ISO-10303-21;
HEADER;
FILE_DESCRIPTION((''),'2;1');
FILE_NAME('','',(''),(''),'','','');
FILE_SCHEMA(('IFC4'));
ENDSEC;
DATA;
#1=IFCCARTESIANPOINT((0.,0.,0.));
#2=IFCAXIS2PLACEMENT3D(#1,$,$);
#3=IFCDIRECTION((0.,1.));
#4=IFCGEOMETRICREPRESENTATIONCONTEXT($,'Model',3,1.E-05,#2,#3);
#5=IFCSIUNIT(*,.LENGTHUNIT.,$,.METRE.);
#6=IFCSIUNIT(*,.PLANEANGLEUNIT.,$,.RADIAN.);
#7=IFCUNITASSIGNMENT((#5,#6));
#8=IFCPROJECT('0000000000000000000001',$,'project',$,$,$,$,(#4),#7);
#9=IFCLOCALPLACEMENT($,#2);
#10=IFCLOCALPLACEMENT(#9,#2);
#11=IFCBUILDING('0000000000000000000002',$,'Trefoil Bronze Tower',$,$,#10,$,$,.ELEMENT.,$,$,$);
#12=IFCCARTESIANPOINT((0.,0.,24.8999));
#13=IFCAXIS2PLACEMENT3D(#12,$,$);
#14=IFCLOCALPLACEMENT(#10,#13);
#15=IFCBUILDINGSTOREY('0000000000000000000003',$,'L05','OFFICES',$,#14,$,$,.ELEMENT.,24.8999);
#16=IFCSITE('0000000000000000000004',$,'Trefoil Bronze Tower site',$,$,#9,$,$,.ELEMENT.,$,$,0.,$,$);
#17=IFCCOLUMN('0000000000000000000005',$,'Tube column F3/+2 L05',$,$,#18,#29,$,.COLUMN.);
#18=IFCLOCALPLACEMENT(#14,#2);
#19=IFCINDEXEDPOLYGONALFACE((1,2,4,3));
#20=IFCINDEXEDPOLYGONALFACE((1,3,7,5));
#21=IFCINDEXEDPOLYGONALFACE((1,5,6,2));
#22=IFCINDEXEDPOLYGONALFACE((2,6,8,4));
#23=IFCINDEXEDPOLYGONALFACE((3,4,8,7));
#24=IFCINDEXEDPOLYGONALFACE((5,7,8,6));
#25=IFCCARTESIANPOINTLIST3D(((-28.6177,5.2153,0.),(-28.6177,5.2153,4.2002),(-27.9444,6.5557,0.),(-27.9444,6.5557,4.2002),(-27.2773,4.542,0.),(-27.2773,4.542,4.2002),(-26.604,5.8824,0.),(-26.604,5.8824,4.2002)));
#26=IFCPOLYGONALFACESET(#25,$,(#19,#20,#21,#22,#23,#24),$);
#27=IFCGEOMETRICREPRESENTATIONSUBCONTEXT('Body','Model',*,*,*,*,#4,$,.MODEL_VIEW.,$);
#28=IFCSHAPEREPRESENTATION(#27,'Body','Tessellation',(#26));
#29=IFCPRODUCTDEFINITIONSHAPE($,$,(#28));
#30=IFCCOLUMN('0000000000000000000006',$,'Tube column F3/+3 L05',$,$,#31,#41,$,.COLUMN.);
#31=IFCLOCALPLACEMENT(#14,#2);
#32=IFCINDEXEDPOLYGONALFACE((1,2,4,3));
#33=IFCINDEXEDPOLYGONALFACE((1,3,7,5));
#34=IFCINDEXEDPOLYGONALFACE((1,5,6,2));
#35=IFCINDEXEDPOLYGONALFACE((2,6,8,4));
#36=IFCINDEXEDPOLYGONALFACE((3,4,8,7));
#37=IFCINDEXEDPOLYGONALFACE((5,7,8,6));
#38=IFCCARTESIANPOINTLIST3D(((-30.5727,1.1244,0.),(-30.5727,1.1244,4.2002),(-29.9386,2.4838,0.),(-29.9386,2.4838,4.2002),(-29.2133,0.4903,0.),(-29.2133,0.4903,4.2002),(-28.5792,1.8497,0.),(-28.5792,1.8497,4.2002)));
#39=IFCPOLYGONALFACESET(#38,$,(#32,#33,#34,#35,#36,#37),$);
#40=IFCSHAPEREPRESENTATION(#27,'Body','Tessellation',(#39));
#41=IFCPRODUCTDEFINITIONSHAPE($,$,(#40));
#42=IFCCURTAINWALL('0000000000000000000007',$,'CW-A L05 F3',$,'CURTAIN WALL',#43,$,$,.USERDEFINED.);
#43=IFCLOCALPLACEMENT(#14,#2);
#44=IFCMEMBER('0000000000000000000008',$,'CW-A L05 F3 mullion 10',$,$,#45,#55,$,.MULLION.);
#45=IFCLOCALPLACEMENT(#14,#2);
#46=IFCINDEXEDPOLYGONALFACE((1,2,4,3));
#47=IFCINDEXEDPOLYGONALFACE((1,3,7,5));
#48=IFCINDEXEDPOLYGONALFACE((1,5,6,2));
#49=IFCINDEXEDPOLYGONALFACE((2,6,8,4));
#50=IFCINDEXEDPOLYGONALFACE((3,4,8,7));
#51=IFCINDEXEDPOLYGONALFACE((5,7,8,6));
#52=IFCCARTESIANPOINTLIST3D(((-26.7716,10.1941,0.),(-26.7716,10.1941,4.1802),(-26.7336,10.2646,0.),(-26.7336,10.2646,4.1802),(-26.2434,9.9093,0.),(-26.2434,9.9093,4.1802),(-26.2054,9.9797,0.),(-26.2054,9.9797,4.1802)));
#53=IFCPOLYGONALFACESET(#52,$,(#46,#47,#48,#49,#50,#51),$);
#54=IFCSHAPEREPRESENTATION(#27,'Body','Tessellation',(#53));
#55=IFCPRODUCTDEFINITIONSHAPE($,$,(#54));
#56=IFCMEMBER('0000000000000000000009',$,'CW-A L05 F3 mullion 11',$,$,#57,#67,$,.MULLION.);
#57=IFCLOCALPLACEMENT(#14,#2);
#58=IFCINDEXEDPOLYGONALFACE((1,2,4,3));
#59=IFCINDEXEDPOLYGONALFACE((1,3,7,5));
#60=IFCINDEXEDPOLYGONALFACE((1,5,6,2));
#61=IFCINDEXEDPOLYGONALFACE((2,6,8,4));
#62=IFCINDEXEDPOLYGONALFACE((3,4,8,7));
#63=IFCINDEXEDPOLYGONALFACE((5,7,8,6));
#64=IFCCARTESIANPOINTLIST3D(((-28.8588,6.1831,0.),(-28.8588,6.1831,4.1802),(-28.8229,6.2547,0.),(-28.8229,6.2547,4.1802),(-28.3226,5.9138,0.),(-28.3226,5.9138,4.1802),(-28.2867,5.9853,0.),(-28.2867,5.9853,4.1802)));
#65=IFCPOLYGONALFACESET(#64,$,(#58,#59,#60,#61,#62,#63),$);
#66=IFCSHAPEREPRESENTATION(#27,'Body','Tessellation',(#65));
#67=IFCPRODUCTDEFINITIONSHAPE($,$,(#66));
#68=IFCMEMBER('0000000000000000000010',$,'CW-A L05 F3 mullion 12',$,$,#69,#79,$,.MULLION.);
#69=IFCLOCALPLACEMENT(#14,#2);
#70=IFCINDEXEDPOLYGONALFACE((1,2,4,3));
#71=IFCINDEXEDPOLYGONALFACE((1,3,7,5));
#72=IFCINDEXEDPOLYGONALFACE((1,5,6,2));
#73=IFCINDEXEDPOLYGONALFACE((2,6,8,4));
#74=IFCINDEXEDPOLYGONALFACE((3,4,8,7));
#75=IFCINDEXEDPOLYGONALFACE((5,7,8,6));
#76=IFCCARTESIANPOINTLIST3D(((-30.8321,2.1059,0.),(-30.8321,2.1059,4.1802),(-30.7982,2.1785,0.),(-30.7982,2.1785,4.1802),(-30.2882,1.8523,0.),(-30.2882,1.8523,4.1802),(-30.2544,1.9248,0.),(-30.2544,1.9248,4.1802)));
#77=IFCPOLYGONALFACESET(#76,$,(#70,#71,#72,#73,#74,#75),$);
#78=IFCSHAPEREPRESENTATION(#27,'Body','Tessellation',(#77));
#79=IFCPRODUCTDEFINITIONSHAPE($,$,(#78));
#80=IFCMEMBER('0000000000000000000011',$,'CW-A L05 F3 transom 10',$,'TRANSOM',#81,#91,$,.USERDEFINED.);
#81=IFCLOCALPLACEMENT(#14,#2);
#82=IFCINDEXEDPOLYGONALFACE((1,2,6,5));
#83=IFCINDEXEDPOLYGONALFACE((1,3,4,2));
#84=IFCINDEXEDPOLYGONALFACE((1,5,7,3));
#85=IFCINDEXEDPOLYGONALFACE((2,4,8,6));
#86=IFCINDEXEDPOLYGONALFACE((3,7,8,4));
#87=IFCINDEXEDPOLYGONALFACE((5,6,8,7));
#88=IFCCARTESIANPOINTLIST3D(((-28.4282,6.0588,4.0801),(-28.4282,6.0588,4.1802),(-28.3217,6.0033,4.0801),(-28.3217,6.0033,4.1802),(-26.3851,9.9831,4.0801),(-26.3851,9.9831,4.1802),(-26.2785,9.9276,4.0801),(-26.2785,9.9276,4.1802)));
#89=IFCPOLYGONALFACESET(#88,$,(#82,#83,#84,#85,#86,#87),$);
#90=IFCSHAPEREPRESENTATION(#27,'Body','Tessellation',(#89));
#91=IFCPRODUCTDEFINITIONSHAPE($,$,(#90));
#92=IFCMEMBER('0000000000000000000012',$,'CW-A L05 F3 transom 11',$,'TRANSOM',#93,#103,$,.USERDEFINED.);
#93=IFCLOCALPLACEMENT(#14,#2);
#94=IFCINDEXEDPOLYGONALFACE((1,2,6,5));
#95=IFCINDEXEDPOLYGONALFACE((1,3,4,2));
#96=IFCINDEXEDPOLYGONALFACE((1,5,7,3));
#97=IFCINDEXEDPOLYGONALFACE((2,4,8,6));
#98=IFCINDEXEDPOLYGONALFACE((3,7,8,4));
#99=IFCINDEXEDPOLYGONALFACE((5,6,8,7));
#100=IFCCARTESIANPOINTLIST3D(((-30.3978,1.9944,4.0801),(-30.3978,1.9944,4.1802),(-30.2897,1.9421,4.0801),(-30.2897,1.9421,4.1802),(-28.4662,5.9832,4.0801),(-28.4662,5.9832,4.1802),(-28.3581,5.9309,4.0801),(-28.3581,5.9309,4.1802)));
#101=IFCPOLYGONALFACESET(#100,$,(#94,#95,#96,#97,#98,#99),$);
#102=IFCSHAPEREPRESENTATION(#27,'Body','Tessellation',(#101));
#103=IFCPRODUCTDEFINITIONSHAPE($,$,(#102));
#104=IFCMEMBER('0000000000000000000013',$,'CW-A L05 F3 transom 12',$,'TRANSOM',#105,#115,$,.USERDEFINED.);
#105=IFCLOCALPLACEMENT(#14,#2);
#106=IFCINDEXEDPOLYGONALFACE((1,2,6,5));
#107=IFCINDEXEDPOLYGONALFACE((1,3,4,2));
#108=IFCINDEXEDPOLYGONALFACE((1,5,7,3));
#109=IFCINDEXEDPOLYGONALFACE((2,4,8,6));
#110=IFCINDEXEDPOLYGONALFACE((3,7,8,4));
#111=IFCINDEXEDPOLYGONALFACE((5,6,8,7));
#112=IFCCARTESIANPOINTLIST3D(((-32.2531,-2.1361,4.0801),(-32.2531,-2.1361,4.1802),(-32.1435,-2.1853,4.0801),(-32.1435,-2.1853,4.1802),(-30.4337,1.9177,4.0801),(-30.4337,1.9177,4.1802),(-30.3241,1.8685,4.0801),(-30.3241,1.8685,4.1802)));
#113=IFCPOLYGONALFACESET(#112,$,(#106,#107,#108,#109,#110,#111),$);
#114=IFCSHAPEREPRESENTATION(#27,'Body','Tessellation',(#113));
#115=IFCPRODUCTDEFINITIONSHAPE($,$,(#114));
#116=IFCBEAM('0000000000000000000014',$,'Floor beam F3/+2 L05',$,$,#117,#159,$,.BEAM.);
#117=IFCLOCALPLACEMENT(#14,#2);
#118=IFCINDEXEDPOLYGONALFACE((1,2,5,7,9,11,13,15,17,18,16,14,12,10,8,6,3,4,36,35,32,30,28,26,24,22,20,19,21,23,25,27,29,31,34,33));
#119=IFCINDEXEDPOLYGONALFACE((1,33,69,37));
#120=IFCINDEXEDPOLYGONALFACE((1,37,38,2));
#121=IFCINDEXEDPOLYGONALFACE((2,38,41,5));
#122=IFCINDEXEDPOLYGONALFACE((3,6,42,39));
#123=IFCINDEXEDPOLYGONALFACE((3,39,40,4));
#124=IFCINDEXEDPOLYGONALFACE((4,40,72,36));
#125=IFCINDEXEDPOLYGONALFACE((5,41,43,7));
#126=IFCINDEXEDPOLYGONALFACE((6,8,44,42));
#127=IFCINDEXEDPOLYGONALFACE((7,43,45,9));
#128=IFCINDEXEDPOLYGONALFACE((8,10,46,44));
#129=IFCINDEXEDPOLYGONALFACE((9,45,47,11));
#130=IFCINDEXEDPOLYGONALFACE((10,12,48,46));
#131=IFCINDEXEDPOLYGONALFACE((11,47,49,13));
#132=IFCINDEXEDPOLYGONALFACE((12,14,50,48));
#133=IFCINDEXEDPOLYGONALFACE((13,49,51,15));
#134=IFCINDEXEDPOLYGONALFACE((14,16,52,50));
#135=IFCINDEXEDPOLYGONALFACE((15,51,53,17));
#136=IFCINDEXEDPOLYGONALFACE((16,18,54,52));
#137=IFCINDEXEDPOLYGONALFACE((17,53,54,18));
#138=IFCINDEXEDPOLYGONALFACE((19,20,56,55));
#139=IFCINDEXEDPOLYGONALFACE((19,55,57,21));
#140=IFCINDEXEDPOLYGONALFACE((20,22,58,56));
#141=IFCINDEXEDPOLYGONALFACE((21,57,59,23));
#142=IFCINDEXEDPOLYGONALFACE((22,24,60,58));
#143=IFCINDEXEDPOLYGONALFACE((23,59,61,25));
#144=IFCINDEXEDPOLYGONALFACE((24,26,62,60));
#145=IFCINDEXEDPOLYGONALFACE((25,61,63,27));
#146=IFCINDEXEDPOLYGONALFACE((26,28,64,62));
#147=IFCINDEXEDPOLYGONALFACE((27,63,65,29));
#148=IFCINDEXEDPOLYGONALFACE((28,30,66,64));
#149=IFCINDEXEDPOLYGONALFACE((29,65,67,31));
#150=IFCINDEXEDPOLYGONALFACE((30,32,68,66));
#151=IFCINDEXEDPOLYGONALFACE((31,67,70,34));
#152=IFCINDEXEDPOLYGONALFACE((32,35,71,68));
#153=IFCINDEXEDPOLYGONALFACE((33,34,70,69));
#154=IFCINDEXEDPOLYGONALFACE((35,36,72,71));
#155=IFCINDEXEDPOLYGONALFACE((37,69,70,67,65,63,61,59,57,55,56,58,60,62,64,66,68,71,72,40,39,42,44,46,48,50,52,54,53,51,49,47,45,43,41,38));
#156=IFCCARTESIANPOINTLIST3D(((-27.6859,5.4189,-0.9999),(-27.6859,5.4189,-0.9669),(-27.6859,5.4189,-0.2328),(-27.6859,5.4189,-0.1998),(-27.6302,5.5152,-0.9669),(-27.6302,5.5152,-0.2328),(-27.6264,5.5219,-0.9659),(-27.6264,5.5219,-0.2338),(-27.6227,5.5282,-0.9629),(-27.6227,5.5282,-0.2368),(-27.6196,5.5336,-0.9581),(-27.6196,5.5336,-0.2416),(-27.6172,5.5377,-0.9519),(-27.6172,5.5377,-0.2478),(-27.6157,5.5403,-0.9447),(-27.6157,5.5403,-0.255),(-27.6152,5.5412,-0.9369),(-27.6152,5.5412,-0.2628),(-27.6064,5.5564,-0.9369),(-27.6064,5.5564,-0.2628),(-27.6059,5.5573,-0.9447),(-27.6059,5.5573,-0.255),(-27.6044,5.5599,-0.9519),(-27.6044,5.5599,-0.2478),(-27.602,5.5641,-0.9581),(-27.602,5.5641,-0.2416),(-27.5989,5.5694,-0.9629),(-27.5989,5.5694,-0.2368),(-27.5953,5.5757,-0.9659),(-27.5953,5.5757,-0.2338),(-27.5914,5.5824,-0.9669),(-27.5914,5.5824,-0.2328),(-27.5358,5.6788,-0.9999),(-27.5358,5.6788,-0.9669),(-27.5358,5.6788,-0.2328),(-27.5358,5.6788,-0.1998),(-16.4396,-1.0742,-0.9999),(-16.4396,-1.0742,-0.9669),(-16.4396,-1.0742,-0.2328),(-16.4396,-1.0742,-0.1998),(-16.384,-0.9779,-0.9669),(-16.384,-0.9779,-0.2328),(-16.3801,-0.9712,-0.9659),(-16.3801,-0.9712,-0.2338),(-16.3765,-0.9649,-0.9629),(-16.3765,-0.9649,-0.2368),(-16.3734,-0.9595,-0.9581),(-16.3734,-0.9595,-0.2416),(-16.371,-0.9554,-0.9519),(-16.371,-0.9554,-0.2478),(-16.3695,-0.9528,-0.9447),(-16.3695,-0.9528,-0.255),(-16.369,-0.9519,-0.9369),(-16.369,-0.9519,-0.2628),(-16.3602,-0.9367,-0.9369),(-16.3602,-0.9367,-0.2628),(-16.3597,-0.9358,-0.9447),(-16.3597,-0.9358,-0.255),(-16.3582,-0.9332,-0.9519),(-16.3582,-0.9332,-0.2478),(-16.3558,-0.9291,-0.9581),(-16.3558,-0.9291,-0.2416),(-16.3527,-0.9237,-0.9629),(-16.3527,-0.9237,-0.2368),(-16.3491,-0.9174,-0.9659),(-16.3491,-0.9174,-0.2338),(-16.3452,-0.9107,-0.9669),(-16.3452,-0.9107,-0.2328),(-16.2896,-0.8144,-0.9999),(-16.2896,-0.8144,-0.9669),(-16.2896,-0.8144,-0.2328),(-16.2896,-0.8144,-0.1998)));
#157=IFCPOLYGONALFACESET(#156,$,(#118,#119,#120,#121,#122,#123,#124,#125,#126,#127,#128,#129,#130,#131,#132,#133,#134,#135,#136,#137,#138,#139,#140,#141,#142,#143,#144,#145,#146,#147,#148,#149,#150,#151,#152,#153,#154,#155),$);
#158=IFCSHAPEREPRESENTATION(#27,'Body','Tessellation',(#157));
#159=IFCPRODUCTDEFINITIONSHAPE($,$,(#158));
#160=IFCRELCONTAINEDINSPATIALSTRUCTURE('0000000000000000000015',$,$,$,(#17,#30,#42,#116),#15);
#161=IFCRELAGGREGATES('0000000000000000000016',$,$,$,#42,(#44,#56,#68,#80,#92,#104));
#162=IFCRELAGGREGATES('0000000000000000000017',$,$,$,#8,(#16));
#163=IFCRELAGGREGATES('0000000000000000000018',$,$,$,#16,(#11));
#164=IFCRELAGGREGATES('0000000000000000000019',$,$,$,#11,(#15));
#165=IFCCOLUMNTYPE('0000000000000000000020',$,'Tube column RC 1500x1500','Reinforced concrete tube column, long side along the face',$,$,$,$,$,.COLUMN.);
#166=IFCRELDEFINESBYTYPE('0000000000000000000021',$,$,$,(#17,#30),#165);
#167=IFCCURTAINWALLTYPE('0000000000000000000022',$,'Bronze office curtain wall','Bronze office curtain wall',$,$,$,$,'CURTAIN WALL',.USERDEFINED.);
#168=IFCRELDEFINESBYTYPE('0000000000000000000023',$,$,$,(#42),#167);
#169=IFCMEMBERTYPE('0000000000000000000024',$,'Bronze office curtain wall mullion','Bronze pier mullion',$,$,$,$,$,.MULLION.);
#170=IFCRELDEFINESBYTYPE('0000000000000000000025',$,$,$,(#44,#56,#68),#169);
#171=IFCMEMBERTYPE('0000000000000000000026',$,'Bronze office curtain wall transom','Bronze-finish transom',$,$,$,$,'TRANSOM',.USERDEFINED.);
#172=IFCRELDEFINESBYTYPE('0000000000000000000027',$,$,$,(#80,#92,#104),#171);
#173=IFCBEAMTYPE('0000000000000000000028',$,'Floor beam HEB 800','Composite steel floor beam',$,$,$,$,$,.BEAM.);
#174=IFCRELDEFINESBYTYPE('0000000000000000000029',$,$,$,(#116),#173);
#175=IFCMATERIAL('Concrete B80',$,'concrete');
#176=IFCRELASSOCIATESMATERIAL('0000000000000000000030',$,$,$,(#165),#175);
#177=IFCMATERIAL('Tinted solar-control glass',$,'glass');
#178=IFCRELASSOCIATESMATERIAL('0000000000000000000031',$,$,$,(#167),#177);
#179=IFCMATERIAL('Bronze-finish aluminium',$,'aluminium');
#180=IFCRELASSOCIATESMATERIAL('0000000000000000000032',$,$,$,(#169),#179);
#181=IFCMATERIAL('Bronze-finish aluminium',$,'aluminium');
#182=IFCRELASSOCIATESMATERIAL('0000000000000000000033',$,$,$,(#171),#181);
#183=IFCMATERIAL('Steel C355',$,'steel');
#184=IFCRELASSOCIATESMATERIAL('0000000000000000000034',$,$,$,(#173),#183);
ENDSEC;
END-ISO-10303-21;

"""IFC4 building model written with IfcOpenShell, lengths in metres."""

from ifc_helpers import new_model, si_unit, direction, frame, origin, origin_2d, place, context, subcontext, project, spatial, rectangle, i_section, extrude, material, material_profile, profile_set, type_object, element, aggregate, save


model = new_model("IFC4")

# Units and contexts
model_context = context("Model", 3, precision=1e-05, world=origin(), true_north=direction((0.0, 1.0)))
body_context = subcontext(model_context, "Body", "Model", "MODEL_VIEW")
ifc_project = project(units=[si_unit("LENGTHUNIT", "METRE"), si_unit("PLANEANGLEUNIT", "RADIAN")], contexts=[model_context])

# Site, building, storey
site_placement = place(None, origin())
site = spatial("IfcSite", under=ifc_project, at=site_placement, Name="Trefoil Bronze Tower site", CompositionType="ELEMENT", RefElevation=0.0)
building_placement = place(site_placement, origin())
building = spatial("IfcBuilding", under=site, at=building_placement, Name="Trefoil Bronze Tower", CompositionType="ELEMENT")
storey_placement = place(building_placement, frame((0.0, 0.0, 24.8999)))
storey = spatial("IfcBuildingStorey", under=building, at=storey_placement, Name="L05", Description="OFFICES", CompositionType="ELEMENT", Elevation=24.8999)

# Columns
ifc_material_1 = material(Name="Concrete B80", Category="concrete")
ifc_material_profile_1 = material_profile(ifc_material_1, rectangle(XDim=1.5, YDim=1.5, at=origin_2d()), Name="RC 1500x1500")
ifc_profile_set_1 = profile_set([ifc_material_profile_1], Name="Concrete B80")
column_type = type_object("IfcColumnType", Name="Tube column RC 1500x1500", Description="Reinforced concrete tube column, long side along the face", PredefinedType="COLUMN", material=ifc_profile_set_1)
for number, where, z_axis, x_axis, name in (
    (1, (-27.6108, 5.5488, 0.0), (0.0, 0.0, 1.0), (-0.44889, -0.893587, 0.0), "Tube column F3/+2 L05"),
    (2, (-29.5759, 1.4871, 0.0), (0.0, 0.0, 1.0), (-0.422701, -0.906269, 0.0), "Tube column F3/+3 L05"),
):
    element("IfcColumn", number, at=place(storey_placement, frame(where, z_axis=z_axis, x_axis=x_axis)), inside=storey, type_object=column_type, Name=name, PredefinedType="COLUMN", context=body_context, shape_type="SweptSolid", body=[
        extrude(rectangle(XDim=1.5, YDim=1.5, at=origin_2d()), origin(), (0.0, 0.0, 1.0), 4.2002),
    ])

# Curtain wall, members
ifc_material_2 = material(Name="Tinted solar-control glass", Category="glass")
curtain_wall_type = type_object("IfcCurtainWallType", Name="Bronze office curtain wall", Description="Bronze office curtain wall", ElementType="CURTAIN WALL", PredefinedType="USERDEFINED", material=ifc_material_2)
curtain_wall_placement = place(storey_placement, origin())
curtain_wall = element("IfcCurtainWall", 3, at=curtain_wall_placement, inside=storey, type_object=curtain_wall_type, Name="CW-A L05 F3", ObjectType="CURTAIN WALL", PredefinedType="USERDEFINED")
ifc_material_3 = material(Name="Bronze-finish aluminium", Category="aluminium")
ifc_material_profile_2 = material_profile(ifc_material_3, rectangle(XDim=0.6001, YDim=0.0801, at=origin_2d()), Name="CW-A mullion")
ifc_profile_set_2 = profile_set([ifc_material_profile_2], Name="Bronze-finish aluminium")
member_type_1 = type_object("IfcMemberType", Name="Bronze office curtain wall mullion", Description="Bronze pier mullion", PredefinedType="MULLION", material=ifc_profile_set_2)
member_1_placement = place(storey_placement, frame((-26.4885, 10.0869, 0.0), z_axis=(0.0, 0.0, 1.0), x_axis=(0.880171, -0.474656, 0.0)))
member_1 = element("IfcMember", 4, at=member_1_placement, type_object=member_type_1, Name="CW-A L05 F3 mullion 10", PredefinedType="MULLION", context=body_context, shape_type="SweptSolid", body=[
    extrude(rectangle(XDim=0.6001, YDim=0.0801, at=origin_2d()), origin(), (0.0, 0.0, 1.0), 4.1802),
])
member_2_placement = place(storey_placement, frame((-28.5728, 6.0842, 0.0), z_axis=(0.0, 0.0, 1.0), x_axis=(0.893587, -0.44889, 0.0)))
member_2 = element("IfcMember", 5, at=member_2_placement, type_object=member_type_1, Name="CW-A L05 F3 mullion 11", PredefinedType="MULLION", context=body_context, shape_type="SweptSolid", body=[
    extrude(rectangle(XDim=0.6001, YDim=0.0801, at=origin_2d()), origin(), (0.0, 0.0, 1.0), 4.1802),
])
member_3_placement = place(storey_placement, frame((-30.5432, 2.0154, 0.0), z_axis=(0.0, 0.0, 1.0), x_axis=(0.906269, -0.422701, 0.0)))
member_3 = element("IfcMember", 6, at=member_3_placement, type_object=member_type_1, Name="CW-A L05 F3 mullion 12", PredefinedType="MULLION", context=body_context, shape_type="SweptSolid", body=[
    extrude(rectangle(XDim=0.6001, YDim=0.0801, at=origin_2d()), origin(), (0.0, 0.0, 1.0), 4.1802),
])
ifc_material_4 = material(Name="Bronze-finish aluminium", Category="aluminium")
ifc_material_profile_3 = material_profile(ifc_material_4, rectangle(XDim=0.1201, YDim=0.1001, at=origin_2d()), Name="CW-A transom")
ifc_profile_set_3 = profile_set([ifc_material_profile_3], Name="Bronze-finish aluminium")
member_type_2 = type_object("IfcMemberType", Name="Bronze office curtain wall transom", Description="Bronze-finish transom", ElementType="TRANSOM", PredefinedType="USERDEFINED", material=ifc_profile_set_3)
member_4_placement = place(storey_placement, frame((-26.3318, 9.9553, 4.1301), z_axis=(-0.46181, -0.886979, 0.0), x_axis=(0.886979, -0.46181, 0.0)))
member_4 = element("IfcMember", 7, at=member_4_placement, type_object=member_type_2, Name="CW-A L05 F3 transom 10", ObjectType="TRANSOM", PredefinedType="USERDEFINED", context=body_context, shape_type="SweptSolid", body=[
    extrude(rectangle(XDim=0.1201, YDim=0.1001, at=origin_2d()), origin(), (0.0, 0.0, 1.0), 4.4243),
])
member_5_placement = place(storey_placement, frame((-28.4121, 5.957, 4.1301), z_axis=(-0.435852, -0.900018, 0.0), x_axis=(0.900018, -0.435852, 0.0)))
member_5 = element("IfcMember", 8, at=member_5_placement, type_object=member_type_2, Name="CW-A L05 F3 transom 11", ObjectType="TRANSOM", PredefinedType="USERDEFINED", context=body_context, shape_type="SweptSolid", body=[
    extrude(rectangle(XDim=0.1201, YDim=0.1001, at=origin_2d()), origin(), (0.0, 0.0, 1.0), 4.4319),
])
member_6_placement = place(storey_placement, frame((-30.3789, 1.8931, 4.1301), z_axis=(-0.40946, -0.912328, 0.0), x_axis=(0.912328, -0.40946, 0.0)))
member_6 = element("IfcMember", 9, at=member_6_placement, type_object=member_type_2, Name="CW-A L05 F3 transom 12", ObjectType="TRANSOM", PredefinedType="USERDEFINED", context=body_context, shape_type="SweptSolid", body=[
    extrude(rectangle(XDim=0.1201, YDim=0.1001, at=origin_2d()), origin(), (0.0, 0.0, 1.0), 4.4434),
])

# Beam
ifc_material_5 = material(Name="Steel C355", Category="steel")
ifc_material_profile_4 = material_profile(ifc_material_5, i_section(OverallWidth=0.3, OverallDepth=0.8, WebThickness=0.0176, FlangeThickness=0.033, FilletRadius=0.03, at=origin_2d()), Name="HEB 800")
ifc_profile_set_4 = profile_set([ifc_material_profile_4], Name="Steel C355")
beam_type_1 = type_object("IfcBeamType", Name="Floor beam HEB 800", Description="Composite steel floor beam", PredefinedType="BEAM", material=ifc_profile_set_4)
beam_1_placement = place(storey_placement, frame((-27.6108, 5.5488, -0.5999), z_axis=(0.866022, -0.500005, 0.0), x_axis=(0.500005, 0.866022, 0.0)))
element("IfcBeam", 10, at=beam_1_placement, inside=storey, type_object=beam_type_1, Name="Floor beam F3/+2 L05", PredefinedType="BEAM", context=body_context, shape_type="SweptSolid", body=[
    extrude(i_section(OverallWidth=0.3, OverallDepth=0.8, WebThickness=0.0176, FlangeThickness=0.033, FilletRadius=0.03, at=origin_2d()), origin(), (0.0, 0.0, 1.0), 12.9861),
])

aggregate(curtain_wall, [member_1, member_2, member_3, member_4, member_5, member_6])

save(model, "model.ifc")
